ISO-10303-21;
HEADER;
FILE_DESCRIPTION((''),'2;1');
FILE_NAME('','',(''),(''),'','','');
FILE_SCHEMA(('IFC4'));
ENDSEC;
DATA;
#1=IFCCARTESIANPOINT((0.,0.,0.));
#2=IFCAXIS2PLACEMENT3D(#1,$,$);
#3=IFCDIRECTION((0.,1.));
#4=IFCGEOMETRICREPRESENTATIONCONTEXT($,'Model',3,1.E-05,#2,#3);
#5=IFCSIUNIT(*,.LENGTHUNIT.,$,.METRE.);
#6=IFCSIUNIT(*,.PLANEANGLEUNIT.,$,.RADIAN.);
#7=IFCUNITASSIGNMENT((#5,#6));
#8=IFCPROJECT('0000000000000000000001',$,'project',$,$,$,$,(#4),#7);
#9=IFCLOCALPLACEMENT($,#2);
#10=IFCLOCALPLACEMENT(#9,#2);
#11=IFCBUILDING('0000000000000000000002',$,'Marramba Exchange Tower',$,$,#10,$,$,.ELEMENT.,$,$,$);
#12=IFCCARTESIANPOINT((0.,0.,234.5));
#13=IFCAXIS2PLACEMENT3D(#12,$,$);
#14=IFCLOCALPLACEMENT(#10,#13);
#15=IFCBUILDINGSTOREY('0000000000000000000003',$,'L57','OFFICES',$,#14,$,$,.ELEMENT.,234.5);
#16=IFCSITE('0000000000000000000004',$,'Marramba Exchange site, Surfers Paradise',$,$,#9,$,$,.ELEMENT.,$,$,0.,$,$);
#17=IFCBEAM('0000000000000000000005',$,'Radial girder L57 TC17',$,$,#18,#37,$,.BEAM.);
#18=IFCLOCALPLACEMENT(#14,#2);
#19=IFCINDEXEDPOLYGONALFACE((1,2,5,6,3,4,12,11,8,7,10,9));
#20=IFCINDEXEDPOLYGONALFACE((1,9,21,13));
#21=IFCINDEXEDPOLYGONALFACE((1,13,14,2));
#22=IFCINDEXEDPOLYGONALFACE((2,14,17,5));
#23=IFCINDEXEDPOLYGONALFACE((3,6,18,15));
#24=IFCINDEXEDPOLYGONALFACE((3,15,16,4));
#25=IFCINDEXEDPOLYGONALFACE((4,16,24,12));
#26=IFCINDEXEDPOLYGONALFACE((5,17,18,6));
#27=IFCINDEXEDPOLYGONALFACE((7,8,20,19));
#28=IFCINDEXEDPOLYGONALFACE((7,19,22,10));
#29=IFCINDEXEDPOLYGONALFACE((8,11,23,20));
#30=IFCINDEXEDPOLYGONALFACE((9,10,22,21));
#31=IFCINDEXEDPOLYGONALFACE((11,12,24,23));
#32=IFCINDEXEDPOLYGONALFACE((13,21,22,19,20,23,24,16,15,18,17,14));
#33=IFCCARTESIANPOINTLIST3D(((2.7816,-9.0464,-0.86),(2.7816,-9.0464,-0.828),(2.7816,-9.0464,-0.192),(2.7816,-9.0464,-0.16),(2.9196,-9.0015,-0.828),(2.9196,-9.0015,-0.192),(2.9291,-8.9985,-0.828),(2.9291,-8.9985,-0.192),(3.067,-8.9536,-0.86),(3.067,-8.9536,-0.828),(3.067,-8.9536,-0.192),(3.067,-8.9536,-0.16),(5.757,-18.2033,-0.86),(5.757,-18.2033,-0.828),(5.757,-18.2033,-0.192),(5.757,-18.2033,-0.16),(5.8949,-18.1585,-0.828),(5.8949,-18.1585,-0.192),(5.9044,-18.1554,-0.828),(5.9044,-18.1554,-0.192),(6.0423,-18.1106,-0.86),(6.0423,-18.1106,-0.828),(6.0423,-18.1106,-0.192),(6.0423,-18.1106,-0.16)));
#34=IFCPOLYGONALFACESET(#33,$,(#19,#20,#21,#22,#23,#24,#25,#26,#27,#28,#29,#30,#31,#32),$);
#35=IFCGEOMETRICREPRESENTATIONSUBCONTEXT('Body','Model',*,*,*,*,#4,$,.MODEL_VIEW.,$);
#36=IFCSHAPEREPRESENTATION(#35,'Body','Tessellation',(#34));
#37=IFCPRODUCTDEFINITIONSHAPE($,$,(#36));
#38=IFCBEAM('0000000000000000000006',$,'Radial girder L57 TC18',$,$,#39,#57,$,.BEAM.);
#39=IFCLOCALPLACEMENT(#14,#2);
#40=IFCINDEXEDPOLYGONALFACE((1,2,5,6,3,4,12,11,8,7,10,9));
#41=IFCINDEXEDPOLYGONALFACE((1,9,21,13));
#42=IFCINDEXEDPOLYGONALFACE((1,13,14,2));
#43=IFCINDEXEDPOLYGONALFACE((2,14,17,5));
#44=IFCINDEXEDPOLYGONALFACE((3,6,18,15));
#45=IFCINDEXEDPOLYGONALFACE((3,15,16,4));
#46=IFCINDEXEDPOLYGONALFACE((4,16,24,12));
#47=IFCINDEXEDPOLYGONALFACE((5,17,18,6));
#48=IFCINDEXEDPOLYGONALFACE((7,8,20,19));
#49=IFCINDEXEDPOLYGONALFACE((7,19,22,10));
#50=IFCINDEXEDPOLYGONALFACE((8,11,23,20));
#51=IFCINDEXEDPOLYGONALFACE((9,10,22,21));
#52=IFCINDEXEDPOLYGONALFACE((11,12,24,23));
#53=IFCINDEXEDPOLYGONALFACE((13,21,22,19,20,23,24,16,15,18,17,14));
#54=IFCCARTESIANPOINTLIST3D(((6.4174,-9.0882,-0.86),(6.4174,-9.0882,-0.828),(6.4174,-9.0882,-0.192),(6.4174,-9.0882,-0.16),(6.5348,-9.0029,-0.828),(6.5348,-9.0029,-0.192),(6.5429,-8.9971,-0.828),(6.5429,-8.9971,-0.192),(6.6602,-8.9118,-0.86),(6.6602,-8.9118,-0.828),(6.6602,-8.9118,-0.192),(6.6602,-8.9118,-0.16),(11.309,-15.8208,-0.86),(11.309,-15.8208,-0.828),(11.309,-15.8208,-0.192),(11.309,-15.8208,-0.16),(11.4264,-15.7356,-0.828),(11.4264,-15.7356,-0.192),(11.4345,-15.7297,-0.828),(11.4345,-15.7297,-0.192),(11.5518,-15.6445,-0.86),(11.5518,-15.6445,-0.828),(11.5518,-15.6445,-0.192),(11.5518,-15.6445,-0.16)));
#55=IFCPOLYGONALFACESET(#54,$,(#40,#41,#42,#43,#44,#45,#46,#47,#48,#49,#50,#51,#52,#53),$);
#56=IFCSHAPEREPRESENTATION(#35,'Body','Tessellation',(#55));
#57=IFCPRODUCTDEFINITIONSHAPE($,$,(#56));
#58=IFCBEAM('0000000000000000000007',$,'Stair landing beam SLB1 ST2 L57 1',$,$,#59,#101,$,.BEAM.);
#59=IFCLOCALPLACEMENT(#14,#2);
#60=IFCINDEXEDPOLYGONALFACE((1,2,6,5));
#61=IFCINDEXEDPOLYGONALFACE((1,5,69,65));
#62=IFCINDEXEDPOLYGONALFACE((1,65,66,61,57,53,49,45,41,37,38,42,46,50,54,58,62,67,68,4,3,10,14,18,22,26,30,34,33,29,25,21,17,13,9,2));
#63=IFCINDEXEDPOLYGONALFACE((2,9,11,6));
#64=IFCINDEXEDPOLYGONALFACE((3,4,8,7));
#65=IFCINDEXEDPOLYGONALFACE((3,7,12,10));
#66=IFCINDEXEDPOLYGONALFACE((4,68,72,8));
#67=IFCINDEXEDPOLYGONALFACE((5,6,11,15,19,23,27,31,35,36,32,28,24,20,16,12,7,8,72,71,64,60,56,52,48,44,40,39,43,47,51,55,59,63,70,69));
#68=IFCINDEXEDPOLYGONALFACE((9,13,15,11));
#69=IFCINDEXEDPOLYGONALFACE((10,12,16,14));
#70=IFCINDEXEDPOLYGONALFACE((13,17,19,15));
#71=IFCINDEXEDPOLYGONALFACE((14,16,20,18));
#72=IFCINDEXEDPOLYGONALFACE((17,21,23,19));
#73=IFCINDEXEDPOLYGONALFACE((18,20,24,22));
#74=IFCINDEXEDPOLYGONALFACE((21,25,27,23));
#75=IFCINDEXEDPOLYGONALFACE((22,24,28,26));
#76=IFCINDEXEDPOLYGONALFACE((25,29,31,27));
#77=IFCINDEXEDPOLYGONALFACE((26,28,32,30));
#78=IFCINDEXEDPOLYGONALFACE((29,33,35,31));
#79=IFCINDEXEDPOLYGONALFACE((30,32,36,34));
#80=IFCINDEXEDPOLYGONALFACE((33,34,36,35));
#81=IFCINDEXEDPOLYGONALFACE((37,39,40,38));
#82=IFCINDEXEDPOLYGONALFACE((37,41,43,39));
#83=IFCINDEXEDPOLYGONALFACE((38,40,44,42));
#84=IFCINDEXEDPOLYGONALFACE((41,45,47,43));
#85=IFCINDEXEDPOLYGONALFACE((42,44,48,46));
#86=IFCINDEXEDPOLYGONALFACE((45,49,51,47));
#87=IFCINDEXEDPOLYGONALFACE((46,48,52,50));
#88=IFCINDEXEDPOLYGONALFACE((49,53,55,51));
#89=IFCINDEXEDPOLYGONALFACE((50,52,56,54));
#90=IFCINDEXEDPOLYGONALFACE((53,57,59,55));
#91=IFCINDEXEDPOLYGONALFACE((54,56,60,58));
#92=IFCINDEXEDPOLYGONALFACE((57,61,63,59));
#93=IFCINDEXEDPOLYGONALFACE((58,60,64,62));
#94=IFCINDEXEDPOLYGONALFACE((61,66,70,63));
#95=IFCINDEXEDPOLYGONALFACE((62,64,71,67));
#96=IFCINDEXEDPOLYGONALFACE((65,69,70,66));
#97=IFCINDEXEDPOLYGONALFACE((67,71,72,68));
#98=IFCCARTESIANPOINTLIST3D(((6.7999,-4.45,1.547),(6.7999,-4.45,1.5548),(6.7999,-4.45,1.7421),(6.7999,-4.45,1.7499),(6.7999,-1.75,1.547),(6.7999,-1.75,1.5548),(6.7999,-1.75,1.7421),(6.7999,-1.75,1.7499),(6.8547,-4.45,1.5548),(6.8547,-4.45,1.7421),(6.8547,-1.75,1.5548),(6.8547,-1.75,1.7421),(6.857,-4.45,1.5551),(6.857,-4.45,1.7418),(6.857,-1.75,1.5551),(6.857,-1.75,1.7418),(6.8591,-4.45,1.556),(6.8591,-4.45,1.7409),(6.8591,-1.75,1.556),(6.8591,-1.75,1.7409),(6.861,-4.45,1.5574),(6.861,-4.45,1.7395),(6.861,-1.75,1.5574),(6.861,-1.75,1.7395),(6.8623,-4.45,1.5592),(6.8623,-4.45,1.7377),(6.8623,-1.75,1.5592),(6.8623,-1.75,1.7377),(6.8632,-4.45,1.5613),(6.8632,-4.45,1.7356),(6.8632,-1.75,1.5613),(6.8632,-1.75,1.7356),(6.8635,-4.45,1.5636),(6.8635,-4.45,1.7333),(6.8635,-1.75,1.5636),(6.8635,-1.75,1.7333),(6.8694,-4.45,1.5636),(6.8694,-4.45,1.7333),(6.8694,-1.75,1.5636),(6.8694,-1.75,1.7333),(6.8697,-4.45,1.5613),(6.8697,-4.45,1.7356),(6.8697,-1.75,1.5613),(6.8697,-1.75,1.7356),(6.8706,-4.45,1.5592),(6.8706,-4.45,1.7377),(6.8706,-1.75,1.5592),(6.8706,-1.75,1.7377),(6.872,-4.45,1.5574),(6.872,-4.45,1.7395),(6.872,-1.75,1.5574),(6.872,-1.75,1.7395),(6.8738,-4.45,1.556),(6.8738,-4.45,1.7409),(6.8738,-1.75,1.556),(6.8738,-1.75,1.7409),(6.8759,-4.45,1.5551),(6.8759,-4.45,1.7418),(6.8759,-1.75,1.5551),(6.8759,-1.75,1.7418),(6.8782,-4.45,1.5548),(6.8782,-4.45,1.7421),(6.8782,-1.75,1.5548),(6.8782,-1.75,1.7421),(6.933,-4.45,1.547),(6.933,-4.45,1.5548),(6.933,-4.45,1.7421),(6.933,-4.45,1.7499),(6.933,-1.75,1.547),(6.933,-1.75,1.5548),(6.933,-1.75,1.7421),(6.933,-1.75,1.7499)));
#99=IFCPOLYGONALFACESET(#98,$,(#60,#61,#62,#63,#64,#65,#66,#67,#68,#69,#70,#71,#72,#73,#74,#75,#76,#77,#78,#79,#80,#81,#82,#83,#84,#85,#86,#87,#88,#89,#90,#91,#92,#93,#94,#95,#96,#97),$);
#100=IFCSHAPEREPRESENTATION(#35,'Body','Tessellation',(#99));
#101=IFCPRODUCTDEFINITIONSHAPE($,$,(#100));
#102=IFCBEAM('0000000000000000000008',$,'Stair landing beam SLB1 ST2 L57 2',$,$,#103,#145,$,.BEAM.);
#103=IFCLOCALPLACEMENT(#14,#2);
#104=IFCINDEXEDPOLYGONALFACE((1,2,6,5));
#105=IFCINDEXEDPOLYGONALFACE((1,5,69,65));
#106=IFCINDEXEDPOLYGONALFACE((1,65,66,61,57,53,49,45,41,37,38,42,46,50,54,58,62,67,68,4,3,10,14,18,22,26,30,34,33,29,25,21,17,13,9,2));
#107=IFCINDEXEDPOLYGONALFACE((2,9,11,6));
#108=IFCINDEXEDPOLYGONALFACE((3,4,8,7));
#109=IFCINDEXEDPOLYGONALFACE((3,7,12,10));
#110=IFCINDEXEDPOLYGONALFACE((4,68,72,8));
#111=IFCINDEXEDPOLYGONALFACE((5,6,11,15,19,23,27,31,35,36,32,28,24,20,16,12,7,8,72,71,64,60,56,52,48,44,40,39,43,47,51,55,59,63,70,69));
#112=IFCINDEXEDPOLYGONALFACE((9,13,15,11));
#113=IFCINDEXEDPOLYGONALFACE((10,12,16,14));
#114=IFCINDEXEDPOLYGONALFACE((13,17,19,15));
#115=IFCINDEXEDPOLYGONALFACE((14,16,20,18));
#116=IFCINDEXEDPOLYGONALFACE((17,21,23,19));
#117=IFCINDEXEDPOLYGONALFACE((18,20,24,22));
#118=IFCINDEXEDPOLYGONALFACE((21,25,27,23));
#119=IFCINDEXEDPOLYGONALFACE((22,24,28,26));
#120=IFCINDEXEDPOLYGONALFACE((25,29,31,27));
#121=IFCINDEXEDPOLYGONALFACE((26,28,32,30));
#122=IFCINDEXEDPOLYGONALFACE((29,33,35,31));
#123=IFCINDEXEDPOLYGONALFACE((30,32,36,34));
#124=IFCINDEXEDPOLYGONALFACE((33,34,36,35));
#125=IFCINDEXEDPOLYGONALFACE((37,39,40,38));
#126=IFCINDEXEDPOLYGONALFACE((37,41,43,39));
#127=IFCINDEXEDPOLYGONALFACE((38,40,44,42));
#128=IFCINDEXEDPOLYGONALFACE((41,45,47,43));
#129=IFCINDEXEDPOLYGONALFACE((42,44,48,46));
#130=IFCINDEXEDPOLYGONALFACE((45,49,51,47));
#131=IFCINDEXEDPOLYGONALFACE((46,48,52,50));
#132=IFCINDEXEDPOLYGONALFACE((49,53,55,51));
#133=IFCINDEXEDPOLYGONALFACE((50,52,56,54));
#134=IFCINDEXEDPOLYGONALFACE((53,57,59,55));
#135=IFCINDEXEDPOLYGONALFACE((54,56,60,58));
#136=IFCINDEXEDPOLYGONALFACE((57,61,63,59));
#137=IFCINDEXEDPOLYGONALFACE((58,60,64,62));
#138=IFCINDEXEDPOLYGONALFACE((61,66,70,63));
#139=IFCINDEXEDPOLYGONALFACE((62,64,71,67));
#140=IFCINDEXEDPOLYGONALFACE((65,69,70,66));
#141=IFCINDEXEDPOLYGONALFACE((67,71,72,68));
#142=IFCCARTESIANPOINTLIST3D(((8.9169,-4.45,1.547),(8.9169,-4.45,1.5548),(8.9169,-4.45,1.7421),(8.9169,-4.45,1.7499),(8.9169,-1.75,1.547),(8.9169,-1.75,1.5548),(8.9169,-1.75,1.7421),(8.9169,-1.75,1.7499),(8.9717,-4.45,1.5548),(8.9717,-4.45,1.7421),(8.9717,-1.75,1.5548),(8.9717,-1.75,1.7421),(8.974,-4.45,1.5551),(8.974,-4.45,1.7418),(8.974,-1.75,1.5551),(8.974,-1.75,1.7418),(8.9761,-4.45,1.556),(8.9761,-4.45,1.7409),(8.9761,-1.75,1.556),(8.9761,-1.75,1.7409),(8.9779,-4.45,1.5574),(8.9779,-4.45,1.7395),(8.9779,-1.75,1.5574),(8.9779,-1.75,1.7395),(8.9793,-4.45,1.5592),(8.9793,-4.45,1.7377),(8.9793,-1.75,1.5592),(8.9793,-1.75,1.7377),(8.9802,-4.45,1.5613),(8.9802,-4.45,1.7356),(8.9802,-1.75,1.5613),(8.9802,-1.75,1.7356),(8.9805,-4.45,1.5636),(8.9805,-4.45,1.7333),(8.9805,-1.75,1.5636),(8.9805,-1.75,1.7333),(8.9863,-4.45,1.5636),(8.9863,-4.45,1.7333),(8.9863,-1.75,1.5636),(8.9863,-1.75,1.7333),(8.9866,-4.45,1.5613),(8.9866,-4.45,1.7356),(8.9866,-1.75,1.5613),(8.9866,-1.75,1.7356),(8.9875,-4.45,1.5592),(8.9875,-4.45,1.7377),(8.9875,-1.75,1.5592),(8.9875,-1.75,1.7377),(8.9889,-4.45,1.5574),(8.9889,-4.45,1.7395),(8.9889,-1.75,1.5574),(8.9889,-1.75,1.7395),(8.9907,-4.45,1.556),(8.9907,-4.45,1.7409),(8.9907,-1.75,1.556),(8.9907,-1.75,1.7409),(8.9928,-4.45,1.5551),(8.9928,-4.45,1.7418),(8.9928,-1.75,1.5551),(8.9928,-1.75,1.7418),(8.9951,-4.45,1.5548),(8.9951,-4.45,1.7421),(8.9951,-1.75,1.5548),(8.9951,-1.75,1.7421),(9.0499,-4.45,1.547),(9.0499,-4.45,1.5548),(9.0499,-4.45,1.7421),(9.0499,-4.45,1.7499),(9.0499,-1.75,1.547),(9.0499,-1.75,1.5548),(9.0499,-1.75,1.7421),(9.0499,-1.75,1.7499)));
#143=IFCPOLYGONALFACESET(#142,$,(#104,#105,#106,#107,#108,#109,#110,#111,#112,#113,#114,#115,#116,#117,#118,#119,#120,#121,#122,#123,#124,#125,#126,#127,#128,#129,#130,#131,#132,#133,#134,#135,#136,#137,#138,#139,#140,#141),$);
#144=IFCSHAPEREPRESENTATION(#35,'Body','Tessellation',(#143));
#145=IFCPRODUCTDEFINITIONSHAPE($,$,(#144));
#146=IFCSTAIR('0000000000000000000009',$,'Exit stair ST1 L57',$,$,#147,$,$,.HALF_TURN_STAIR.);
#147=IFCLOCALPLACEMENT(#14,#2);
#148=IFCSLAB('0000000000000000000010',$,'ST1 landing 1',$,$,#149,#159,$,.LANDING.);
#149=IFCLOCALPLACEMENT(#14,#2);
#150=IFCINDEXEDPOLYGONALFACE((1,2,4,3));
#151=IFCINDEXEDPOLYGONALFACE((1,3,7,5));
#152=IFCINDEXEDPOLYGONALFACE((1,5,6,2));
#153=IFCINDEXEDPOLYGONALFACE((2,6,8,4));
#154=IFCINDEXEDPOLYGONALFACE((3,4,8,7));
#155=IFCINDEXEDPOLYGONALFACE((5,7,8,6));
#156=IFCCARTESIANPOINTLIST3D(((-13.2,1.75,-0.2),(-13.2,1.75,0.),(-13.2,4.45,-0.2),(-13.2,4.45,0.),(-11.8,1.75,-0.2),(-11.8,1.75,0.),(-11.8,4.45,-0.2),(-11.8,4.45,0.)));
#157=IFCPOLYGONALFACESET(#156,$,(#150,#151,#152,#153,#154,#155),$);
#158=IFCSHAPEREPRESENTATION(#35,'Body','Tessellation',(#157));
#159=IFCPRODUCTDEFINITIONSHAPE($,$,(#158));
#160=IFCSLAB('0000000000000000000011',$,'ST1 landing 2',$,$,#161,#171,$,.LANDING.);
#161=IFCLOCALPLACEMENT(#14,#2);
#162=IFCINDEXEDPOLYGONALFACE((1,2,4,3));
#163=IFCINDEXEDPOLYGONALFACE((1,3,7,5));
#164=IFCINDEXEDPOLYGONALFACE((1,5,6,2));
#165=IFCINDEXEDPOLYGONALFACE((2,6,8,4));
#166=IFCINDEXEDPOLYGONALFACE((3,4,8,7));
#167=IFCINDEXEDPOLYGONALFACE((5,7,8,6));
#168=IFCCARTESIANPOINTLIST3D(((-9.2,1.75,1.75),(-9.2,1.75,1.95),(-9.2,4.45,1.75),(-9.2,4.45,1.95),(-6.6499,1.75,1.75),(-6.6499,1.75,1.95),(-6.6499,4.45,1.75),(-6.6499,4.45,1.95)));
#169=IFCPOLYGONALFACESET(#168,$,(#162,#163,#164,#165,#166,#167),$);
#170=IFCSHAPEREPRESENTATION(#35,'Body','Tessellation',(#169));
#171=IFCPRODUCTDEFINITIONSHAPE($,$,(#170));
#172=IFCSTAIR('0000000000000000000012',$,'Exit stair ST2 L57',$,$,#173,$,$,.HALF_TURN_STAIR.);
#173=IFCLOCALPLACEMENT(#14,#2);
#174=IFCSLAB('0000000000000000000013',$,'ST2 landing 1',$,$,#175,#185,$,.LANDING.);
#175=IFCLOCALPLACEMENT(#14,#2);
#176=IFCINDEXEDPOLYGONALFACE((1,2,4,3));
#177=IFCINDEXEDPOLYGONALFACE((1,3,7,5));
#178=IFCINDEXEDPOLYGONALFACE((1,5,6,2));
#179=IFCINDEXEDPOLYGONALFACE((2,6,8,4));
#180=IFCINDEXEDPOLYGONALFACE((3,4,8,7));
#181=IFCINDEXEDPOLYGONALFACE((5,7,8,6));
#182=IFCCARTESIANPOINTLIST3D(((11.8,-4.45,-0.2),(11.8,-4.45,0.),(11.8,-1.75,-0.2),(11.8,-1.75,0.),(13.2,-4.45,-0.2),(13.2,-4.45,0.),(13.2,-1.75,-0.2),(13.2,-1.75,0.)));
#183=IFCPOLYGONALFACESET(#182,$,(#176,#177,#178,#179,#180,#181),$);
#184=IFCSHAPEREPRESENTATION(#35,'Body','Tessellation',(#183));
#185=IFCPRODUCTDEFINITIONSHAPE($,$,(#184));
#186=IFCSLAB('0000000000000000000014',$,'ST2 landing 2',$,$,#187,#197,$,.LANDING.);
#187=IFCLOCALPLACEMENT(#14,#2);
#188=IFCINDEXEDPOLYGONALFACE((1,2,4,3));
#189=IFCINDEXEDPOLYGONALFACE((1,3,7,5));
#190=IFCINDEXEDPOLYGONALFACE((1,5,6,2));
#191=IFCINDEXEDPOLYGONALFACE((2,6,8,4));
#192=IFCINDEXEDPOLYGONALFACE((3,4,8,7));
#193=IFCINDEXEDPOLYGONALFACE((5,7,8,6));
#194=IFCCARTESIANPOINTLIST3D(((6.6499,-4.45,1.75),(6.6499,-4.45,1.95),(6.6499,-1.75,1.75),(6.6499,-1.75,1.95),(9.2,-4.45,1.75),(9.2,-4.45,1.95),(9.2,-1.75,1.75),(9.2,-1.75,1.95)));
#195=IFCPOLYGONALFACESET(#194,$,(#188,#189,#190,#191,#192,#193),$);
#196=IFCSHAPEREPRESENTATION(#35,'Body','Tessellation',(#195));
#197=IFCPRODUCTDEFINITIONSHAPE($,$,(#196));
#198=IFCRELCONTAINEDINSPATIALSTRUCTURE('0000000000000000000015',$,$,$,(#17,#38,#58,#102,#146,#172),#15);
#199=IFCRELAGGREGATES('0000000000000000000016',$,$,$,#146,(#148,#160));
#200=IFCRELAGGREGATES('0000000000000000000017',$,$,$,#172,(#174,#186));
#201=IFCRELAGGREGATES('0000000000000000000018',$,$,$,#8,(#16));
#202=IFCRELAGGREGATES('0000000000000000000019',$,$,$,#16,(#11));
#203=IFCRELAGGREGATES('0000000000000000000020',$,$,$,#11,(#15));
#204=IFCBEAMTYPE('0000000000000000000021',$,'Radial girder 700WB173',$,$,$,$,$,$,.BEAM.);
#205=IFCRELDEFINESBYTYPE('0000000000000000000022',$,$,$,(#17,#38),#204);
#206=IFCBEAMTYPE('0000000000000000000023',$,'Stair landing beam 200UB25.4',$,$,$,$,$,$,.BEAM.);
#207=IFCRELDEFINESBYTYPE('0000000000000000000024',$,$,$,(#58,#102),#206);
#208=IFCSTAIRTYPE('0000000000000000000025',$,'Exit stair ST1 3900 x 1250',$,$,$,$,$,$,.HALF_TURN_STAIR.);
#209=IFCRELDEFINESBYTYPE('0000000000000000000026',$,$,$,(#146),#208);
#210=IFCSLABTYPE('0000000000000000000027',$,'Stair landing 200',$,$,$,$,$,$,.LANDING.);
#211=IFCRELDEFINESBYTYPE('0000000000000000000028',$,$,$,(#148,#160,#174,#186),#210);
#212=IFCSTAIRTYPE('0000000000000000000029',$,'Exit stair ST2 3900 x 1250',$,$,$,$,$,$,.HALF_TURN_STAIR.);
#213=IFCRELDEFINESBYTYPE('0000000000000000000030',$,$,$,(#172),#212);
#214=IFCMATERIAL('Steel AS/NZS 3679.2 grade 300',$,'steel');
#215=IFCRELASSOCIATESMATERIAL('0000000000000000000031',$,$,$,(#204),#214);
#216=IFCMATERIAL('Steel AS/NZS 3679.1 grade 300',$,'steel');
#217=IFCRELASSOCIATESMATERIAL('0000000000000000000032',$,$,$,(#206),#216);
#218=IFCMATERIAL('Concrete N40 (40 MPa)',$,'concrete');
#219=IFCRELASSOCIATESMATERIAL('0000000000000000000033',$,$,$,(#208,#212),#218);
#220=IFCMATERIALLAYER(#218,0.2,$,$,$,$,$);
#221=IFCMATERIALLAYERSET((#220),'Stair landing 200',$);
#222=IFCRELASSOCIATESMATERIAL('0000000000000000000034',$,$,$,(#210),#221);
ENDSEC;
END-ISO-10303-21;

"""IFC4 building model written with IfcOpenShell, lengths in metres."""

from ifc_helpers import new_model, si_unit, direction, frame, origin, origin_2d, place, context, subcontext, project, spatial, polyline, i_section, outline, extrude, material, layer, layer_set, material_profile, profile_set, type_object, element, aggregate, save


model = new_model("IFC4")

# Units and contexts
model_context = context("Model", 3, precision=1e-05, world=origin(), true_north=direction((0.0, 1.0)))
body_context = subcontext(model_context, "Body", "Model", "MODEL_VIEW")
ifc_project = project(units=[si_unit("LENGTHUNIT", "METRE"), si_unit("PLANEANGLEUNIT", "RADIAN")], contexts=[model_context])

# Site, building, storey
site_placement = place(None, origin())
site = spatial("IfcSite", under=ifc_project, at=site_placement, Name="Marramba Exchange site, Surfers Paradise", CompositionType="ELEMENT", RefElevation=0.0)
building_placement = place(site_placement, origin())
building = spatial("IfcBuilding", under=site, at=building_placement, Name="Marramba Exchange Tower", CompositionType="ELEMENT")
storey_placement = place(building_placement, frame((0.0, 0.0, 234.5)))
storey = spatial("IfcBuildingStorey", under=building, at=storey_placement, Name="L57", Description="OFFICES", CompositionType="ELEMENT", Elevation=234.5)

# Beams
ifc_material_1 = material(Name="Steel AS/NZS 3679.2 grade 300", Category="steel")
ifc_material_profile_1 = material_profile(ifc_material_1, i_section(OverallWidth=0.3, OverallDepth=0.7, WebThickness=0.01, FlangeThickness=0.032, at=origin_2d()), Name="700WB173")
ifc_profile_set_1 = profile_set([ifc_material_profile_1], Name="Steel AS/NZS 3679.2 grade 300")
beam_type_1 = type_object("IfcBeamType", Name="Radial girder 700WB173", PredefinedType="BEAM", material=ifc_profile_set_1)
beam_1_placement = place(storey_placement, frame((2.9243, -9.0, -0.51), z_axis=(0.309022, -0.951055, 0.0), x_axis=(0.951055, 0.309022, 0.0)))
element("IfcBeam", 1, at=beam_1_placement, inside=storey, type_object=beam_type_1, Name="Radial girder L57 TC17", PredefinedType="BEAM", context=body_context, shape_type="SweptSolid", body=[
    extrude(i_section(OverallWidth=0.3, OverallDepth=0.7, WebThickness=0.01, FlangeThickness=0.032, at=origin_2d()), origin(), (0.0, 0.0, 1.0), 9.6282),
])
beam_2_placement = place(storey_placement, frame((6.5388, -9.0, -0.51), z_axis=(0.587788, -0.809015, 0.0), x_axis=(0.809015, 0.587788, 0.0)))
element("IfcBeam", 2, at=beam_2_placement, inside=storey, type_object=beam_type_1, Name="Radial girder L57 TC18", PredefinedType="BEAM", context=body_context, shape_type="SweptSolid", body=[
    extrude(i_section(OverallWidth=0.3, OverallDepth=0.7, WebThickness=0.01, FlangeThickness=0.032, at=origin_2d()), origin(), (0.0, 0.0, 1.0), 8.322),
])
ifc_material_2 = material(Name="Steel AS/NZS 3679.1 grade 300", Category="steel")
ifc_material_profile_2 = material_profile(ifc_material_2, i_section(OverallWidth=0.1331, OverallDepth=0.2029, WebThickness=0.0059, FlangeThickness=0.0078, FilletRadius=0.0088, at=origin_2d()), Name="200UB25.4")
ifc_profile_set_2 = profile_set([ifc_material_profile_2], Name="Steel AS/NZS 3679.1 grade 300")
beam_type_2 = type_object("IfcBeamType", Name="Stair landing beam 200UB25.4", PredefinedType="BEAM", material=ifc_profile_set_2)
for number, where, z_axis, x_axis, name in (
    (3, (6.8665, -4.45, 1.6484), (0.0, 1.0, 0.0), (-1.0, 0.0, 0.0), "Stair landing beam SLB1 ST2 L57 1"),
    (4, (8.9834, -4.45, 1.6484), (0.0, 1.0, 0.0), (-1.0, 0.0, 0.0), "Stair landing beam SLB1 ST2 L57 2"),
):
    element("IfcBeam", number, at=place(storey_placement, frame(where, z_axis=z_axis, x_axis=x_axis)), inside=storey, type_object=beam_type_2, Name=name, PredefinedType="BEAM", context=body_context, shape_type="SweptSolid", body=[
        extrude(i_section(OverallWidth=0.1331, OverallDepth=0.2029, WebThickness=0.0059, FlangeThickness=0.0078, FilletRadius=0.0088, at=origin_2d()), origin(), (0.0, 0.0, 1.0), 2.7),
    ])

# Stairs, slabs
ifc_material_3 = material(Name="Concrete N40 (40 MPa)", Category="concrete")
stair_type_1 = type_object("IfcStairType", Name="Exit stair ST1 3900 x 1250", PredefinedType="HALF_TURN_STAIR", material=ifc_material_3)
stair_1_placement = place(storey_placement, origin())
stair_1 = element("IfcStair", 5, at=stair_1_placement, inside=storey, type_object=stair_type_1, Name="Exit stair ST1 L57", PredefinedType="HALF_TURN_STAIR")
ifc_layer_1 = layer(ifc_material_3, 0.2)
ifc_layer_set_1 = layer_set([ifc_layer_1], Name="Stair landing 200")
slab_type = type_object("IfcSlabType", Name="Stair landing 200", PredefinedType="LANDING", material=ifc_layer_set_1)
slab_1_placement = place(storey_placement, frame((0.0, 0.0, -0.2)))
slab_1 = element("IfcSlab", 6, at=slab_1_placement, type_object=slab_type, Name="ST1 landing 1", PredefinedType="LANDING", context=body_context, shape_type="SweptSolid", body=[
    extrude(outline(polyline([(-13.2, 1.75), (-11.8, 1.75), (-11.8, 4.45), (-13.2, 4.45), (-13.2, 1.75)])), origin(), (0.0, 0.0, 1.0), 0.2),
])
slab_2_placement = place(storey_placement, frame((0.0, 0.0, 1.75)))
slab_2 = element("IfcSlab", 7, at=slab_2_placement, type_object=slab_type, Name="ST1 landing 2", PredefinedType="LANDING", context=body_context, shape_type="SweptSolid", body=[
    extrude(outline(polyline([(-9.2, 1.75), (-6.6499, 1.75), (-6.6499, 4.45), (-9.2, 4.45), (-9.2, 1.75)])), origin(), (0.0, 0.0, 1.0), 0.2),
])
aggregate(stair_1, [slab_1, slab_2])
stair_type_2 = type_object("IfcStairType", Name="Exit stair ST2 3900 x 1250", PredefinedType="HALF_TURN_STAIR", material=ifc_material_3)
stair_2_placement = place(storey_placement, origin())
stair_2 = element("IfcStair", 8, at=stair_2_placement, inside=storey, type_object=stair_type_2, Name="Exit stair ST2 L57", PredefinedType="HALF_TURN_STAIR")
slab_3_placement = place(storey_placement, frame((0.0, 0.0, -0.2)))
slab_3 = element("IfcSlab", 9, at=slab_3_placement, type_object=slab_type, Name="ST2 landing 1", PredefinedType="LANDING", context=body_context, shape_type="SweptSolid", body=[
    extrude(outline(polyline([(11.8, -4.45), (13.2, -4.45), (13.2, -1.75), (11.8, -1.75), (11.8, -4.45)])), origin(), (0.0, 0.0, 1.0), 0.2),
])
slab_4_placement = place(storey_placement, frame((0.0, 0.0, 1.75)))
slab_4 = element("IfcSlab", 10, at=slab_4_placement, type_object=slab_type, Name="ST2 landing 2", PredefinedType="LANDING", context=body_context, shape_type="SweptSolid", body=[
    extrude(outline(polyline([(6.6499, -4.45), (9.2, -4.45), (9.2, -1.75), (6.6499, -1.75), (6.6499, -4.45)])), origin(), (0.0, 0.0, 1.0), 0.2),
])

aggregate(stair_2, [slab_3, slab_4])

save(model, "model.ifc")
